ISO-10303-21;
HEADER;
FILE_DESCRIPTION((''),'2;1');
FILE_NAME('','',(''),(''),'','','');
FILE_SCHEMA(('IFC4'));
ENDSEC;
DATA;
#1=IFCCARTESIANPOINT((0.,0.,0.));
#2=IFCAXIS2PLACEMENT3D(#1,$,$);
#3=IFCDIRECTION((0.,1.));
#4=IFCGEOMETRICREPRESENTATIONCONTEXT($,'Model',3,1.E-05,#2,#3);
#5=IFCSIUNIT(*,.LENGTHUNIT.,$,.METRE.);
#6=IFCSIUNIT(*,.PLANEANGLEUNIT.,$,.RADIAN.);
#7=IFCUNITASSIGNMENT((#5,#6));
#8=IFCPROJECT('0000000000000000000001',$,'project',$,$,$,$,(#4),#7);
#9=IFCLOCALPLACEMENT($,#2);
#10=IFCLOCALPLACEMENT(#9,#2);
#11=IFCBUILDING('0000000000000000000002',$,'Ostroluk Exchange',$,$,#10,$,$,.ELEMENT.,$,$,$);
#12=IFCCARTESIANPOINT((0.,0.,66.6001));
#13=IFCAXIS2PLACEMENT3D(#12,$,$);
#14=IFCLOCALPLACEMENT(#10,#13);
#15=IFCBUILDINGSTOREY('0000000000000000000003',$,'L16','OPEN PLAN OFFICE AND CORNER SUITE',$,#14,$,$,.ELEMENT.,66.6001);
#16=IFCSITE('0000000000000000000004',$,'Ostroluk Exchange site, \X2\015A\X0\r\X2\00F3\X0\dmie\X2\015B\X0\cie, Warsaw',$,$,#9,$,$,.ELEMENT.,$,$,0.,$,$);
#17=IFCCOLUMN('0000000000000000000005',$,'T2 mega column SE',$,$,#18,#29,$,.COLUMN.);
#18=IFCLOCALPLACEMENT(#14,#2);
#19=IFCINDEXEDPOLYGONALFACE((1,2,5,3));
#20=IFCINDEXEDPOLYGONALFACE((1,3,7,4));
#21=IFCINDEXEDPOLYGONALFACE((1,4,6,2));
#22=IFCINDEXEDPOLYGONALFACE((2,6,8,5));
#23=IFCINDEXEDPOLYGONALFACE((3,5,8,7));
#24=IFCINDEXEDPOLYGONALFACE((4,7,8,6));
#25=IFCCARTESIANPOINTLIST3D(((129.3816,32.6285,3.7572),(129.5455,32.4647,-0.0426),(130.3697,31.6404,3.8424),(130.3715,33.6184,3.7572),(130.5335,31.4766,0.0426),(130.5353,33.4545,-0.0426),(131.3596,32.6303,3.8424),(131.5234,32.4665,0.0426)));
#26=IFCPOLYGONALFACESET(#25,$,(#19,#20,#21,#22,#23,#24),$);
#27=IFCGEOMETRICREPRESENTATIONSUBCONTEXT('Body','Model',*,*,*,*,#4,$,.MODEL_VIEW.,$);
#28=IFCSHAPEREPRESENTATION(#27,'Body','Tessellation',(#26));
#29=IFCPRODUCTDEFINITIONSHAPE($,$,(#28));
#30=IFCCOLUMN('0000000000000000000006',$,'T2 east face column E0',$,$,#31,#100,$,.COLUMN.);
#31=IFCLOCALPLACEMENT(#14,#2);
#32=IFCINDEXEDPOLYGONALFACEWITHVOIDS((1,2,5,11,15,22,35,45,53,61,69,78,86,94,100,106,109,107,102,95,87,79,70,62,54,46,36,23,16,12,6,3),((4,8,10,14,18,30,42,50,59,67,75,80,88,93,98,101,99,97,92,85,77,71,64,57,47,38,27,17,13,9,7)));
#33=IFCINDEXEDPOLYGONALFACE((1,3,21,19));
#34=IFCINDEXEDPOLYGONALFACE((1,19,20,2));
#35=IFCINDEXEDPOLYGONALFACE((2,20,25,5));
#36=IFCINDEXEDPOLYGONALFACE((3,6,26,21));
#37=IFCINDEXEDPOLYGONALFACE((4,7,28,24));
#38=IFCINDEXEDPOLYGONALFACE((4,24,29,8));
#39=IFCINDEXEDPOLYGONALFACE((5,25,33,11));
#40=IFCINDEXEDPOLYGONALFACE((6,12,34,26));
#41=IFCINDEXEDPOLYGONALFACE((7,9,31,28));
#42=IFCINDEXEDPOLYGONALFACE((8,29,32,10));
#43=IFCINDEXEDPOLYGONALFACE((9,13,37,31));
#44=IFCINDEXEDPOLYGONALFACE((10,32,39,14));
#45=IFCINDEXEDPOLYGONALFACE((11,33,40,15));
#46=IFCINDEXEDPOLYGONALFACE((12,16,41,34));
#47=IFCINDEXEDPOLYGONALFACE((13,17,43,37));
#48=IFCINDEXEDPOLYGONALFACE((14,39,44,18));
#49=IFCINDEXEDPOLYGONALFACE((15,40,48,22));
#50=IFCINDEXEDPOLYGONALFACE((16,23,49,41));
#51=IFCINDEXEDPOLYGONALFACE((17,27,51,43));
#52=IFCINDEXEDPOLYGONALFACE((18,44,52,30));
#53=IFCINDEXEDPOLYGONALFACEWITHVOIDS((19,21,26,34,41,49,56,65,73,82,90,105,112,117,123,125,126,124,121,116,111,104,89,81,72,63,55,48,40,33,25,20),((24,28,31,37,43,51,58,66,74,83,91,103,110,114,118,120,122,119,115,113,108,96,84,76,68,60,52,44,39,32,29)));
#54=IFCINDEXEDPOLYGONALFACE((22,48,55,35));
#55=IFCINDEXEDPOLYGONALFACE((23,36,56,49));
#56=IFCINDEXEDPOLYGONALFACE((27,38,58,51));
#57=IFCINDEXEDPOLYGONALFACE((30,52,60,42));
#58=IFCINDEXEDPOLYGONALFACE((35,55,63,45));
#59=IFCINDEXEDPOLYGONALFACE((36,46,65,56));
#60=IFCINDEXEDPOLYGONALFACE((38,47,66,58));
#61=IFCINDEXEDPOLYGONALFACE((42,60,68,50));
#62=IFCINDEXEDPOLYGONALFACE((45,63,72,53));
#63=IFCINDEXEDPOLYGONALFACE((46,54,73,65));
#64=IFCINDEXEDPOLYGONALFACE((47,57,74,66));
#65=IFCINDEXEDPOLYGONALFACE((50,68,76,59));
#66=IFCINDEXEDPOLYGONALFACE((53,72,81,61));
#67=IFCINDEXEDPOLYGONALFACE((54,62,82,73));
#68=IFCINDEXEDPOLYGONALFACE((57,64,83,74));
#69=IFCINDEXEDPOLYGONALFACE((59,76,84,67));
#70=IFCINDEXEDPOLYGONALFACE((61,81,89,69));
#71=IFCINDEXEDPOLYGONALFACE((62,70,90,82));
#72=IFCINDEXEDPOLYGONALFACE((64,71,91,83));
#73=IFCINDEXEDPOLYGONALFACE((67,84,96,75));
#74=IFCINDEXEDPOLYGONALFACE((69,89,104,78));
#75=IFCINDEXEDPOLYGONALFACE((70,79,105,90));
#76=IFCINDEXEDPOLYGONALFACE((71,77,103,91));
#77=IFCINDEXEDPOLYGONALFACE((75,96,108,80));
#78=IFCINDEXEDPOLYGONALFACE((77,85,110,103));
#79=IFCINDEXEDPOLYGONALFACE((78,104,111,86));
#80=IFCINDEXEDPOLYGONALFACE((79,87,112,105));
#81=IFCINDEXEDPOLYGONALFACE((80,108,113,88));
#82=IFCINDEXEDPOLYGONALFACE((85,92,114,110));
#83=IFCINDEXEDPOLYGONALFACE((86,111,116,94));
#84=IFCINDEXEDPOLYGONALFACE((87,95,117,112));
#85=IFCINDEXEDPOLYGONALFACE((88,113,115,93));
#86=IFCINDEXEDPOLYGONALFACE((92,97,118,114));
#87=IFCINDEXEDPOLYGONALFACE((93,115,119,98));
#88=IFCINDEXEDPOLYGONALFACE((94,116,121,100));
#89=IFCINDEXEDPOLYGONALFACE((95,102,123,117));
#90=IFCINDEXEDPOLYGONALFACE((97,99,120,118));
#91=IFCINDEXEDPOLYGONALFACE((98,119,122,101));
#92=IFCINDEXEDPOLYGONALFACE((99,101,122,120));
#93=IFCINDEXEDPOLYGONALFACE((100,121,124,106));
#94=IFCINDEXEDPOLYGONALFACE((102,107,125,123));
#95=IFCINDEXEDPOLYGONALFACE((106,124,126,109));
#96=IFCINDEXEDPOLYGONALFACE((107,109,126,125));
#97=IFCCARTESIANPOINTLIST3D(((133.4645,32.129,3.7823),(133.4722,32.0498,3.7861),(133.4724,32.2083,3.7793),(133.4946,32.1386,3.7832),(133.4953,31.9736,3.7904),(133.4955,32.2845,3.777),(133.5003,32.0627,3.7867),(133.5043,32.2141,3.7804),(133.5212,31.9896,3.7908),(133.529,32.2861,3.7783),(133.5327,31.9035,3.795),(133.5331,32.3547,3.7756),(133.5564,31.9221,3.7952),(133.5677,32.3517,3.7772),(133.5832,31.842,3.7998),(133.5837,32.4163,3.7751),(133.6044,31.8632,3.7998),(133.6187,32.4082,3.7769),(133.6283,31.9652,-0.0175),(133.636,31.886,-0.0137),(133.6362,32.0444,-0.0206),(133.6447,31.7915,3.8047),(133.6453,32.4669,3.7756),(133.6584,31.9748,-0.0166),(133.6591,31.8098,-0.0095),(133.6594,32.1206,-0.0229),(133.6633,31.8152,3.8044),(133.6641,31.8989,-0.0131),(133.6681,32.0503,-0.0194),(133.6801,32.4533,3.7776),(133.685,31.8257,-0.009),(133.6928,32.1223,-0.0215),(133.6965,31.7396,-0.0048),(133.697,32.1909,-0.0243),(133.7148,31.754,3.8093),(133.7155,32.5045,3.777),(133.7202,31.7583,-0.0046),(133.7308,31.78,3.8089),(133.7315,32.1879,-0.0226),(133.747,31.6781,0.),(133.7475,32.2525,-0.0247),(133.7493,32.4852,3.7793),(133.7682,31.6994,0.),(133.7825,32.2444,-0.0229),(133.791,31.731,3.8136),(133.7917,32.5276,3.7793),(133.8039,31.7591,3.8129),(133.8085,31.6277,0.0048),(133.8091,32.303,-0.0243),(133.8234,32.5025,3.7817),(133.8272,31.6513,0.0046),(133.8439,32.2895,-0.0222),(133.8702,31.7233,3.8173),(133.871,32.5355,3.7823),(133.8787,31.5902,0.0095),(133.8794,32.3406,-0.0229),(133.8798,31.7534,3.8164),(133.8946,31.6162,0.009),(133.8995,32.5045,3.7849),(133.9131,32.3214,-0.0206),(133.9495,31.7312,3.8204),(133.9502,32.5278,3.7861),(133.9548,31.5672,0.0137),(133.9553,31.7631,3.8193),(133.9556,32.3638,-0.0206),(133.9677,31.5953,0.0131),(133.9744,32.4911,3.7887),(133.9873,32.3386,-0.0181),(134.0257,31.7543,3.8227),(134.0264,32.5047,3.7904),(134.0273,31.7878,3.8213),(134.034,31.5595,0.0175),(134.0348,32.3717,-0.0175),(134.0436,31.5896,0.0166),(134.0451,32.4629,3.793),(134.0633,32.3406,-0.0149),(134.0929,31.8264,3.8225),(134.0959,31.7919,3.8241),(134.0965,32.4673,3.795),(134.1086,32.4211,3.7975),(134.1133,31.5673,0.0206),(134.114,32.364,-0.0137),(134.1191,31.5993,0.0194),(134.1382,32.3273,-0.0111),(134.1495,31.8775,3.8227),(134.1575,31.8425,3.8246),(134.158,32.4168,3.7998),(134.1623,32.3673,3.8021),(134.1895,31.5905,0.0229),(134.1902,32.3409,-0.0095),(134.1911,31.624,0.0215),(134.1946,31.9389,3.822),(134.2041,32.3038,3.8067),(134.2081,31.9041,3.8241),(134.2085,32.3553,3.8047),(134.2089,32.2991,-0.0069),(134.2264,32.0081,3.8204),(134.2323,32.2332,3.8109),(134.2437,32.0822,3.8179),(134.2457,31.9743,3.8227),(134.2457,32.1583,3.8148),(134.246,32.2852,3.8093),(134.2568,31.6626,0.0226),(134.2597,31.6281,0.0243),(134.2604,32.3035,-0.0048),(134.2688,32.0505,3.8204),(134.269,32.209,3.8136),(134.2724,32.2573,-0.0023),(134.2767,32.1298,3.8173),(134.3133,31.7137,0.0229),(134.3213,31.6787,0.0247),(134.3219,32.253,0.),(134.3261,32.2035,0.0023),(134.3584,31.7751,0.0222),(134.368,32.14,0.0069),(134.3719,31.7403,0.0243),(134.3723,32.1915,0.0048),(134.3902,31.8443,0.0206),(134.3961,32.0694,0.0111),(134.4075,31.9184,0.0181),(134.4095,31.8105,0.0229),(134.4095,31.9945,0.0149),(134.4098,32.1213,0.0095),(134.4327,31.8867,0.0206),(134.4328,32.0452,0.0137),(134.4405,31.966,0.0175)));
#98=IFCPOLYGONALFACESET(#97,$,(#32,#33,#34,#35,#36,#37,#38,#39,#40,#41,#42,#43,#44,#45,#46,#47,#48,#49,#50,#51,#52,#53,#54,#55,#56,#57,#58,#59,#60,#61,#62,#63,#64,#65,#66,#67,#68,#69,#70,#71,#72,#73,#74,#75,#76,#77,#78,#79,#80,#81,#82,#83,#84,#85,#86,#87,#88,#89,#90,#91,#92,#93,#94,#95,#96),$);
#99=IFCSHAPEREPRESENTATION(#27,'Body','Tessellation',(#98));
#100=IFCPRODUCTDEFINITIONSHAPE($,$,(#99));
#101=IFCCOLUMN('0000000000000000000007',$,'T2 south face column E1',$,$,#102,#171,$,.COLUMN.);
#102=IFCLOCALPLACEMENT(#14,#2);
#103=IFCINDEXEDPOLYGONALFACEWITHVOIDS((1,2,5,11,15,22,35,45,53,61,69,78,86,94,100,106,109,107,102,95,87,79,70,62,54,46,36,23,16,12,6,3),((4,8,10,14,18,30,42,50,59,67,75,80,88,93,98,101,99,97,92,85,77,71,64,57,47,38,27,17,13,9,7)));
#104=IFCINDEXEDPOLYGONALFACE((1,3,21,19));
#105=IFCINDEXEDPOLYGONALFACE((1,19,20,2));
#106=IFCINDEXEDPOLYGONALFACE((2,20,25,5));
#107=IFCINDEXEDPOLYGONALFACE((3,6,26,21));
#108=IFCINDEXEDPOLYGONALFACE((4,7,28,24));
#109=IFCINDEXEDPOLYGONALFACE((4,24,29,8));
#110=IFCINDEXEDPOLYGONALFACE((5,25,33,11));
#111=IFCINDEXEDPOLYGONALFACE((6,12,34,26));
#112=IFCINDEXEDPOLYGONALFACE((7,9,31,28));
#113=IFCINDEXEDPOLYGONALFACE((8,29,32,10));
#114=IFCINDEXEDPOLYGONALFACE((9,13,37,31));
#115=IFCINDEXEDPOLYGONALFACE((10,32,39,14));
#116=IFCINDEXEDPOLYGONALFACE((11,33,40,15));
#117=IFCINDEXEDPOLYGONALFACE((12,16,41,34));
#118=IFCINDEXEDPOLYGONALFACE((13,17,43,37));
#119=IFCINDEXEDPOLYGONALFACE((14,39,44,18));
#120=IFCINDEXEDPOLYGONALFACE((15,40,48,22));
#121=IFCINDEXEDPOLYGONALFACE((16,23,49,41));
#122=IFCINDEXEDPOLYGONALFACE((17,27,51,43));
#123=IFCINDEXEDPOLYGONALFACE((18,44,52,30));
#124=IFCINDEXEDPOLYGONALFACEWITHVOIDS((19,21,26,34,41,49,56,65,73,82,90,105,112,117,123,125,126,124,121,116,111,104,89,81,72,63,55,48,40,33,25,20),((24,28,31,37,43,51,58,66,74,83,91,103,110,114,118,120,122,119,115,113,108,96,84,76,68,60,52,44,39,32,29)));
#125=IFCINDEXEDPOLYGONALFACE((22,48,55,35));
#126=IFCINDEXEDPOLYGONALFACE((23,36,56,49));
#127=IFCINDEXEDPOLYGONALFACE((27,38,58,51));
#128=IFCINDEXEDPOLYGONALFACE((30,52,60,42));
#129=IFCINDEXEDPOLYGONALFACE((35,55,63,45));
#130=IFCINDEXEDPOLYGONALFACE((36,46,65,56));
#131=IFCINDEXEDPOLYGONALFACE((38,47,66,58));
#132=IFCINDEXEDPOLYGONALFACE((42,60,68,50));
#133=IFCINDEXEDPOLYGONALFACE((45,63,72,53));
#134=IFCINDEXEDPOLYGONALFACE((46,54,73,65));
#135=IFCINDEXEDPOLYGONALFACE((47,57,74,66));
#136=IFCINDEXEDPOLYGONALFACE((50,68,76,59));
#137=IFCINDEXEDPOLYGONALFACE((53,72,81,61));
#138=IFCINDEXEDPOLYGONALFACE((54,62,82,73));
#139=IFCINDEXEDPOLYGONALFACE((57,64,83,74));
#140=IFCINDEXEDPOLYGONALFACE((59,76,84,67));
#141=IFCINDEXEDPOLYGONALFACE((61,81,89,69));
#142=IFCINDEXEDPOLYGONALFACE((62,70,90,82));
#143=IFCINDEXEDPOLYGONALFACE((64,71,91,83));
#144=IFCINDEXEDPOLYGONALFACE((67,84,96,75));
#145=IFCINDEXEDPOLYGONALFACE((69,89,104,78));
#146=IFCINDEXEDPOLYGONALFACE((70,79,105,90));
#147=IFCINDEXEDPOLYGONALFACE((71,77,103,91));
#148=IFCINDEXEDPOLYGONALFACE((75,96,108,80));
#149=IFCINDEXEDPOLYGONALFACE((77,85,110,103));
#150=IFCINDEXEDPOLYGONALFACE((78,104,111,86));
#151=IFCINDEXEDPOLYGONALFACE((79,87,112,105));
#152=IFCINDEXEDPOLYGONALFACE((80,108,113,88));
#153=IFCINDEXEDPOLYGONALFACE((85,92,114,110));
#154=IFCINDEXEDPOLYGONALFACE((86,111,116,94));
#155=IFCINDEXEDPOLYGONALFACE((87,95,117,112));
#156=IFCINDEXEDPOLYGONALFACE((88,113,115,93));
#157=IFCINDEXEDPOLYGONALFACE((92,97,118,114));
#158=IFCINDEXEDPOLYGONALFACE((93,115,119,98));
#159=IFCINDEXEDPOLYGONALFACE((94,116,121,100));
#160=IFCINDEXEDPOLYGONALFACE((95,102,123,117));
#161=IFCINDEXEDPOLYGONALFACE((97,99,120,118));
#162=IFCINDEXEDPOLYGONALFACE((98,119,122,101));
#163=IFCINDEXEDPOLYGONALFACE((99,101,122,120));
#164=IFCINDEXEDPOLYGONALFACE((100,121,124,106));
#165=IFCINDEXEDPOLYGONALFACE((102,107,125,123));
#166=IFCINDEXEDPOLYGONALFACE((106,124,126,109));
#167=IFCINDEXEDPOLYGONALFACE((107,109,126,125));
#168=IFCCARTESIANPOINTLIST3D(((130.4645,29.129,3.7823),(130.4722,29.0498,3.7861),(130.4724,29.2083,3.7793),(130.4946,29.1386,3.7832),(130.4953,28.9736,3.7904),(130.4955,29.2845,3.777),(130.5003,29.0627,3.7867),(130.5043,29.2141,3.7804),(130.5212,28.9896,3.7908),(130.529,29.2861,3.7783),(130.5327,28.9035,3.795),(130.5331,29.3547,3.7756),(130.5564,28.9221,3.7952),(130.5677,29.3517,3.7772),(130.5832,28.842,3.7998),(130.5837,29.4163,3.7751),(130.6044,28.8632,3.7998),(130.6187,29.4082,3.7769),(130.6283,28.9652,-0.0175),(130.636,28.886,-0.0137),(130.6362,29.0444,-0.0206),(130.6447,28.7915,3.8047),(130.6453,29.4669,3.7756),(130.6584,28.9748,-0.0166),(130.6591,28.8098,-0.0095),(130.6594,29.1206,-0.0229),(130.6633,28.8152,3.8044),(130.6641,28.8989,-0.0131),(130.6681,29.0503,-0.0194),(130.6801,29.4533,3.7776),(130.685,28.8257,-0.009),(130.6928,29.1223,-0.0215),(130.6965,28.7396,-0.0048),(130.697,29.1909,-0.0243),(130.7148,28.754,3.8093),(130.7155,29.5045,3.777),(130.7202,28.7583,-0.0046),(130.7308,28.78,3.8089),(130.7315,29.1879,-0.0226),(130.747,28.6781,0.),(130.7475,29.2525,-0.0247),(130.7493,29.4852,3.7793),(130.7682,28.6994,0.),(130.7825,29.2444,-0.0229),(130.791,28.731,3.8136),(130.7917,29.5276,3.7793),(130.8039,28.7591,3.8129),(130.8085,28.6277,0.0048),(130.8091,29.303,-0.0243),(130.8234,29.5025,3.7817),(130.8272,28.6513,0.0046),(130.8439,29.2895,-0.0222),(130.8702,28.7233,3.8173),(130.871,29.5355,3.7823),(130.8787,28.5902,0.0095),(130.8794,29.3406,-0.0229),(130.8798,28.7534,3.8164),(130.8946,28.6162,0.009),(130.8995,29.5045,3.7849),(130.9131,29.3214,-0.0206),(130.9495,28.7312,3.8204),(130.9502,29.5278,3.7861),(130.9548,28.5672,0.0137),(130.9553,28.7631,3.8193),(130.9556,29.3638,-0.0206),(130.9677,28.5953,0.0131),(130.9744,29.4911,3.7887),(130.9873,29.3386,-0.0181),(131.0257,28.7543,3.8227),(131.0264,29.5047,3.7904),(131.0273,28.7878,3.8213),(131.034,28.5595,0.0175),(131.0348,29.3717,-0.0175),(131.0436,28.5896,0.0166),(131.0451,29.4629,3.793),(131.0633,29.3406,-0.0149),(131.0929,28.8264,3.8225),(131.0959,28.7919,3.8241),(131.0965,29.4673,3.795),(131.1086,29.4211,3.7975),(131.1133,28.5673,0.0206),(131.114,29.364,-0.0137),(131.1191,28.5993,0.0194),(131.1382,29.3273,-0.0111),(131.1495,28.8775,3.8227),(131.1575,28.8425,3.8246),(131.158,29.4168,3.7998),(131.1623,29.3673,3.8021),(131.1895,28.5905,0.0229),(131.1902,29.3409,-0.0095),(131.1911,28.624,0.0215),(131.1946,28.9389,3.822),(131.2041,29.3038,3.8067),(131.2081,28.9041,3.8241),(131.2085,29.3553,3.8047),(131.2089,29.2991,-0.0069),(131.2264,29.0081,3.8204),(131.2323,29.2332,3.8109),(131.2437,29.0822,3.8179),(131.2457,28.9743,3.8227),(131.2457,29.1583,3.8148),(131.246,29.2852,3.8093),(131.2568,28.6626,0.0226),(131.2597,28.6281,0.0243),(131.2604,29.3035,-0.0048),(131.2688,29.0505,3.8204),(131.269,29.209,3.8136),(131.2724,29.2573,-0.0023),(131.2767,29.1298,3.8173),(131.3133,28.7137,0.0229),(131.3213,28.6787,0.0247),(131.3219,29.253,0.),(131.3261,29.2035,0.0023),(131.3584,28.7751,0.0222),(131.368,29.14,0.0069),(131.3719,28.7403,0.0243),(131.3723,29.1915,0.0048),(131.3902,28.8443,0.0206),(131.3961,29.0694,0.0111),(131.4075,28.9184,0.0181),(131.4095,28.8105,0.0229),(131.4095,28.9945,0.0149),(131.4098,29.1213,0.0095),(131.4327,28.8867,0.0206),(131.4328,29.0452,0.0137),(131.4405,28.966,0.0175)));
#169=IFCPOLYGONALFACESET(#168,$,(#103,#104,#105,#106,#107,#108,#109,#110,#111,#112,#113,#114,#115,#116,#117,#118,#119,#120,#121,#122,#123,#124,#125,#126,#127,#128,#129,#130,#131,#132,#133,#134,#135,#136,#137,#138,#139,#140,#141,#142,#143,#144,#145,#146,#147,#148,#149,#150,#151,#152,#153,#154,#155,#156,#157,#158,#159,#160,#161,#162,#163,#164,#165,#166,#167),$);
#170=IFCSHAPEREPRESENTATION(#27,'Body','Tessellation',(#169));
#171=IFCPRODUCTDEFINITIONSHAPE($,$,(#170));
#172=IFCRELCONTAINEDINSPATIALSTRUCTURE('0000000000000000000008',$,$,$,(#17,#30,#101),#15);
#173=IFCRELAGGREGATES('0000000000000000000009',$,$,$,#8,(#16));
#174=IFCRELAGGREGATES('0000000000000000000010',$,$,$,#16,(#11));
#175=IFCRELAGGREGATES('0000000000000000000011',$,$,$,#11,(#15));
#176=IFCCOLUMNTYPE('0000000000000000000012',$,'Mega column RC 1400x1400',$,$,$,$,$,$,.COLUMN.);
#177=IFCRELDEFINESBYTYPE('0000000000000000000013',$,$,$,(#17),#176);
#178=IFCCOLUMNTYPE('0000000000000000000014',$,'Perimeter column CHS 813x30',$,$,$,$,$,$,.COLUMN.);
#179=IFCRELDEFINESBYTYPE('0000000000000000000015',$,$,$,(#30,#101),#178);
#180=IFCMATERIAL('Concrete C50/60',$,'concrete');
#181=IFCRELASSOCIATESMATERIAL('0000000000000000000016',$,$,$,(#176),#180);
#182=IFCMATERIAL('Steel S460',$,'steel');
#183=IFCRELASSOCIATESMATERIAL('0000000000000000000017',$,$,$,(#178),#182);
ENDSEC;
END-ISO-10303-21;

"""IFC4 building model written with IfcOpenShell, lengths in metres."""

from ifc_helpers import new_model, si_unit, direction, frame, origin, origin_2d, place, context, subcontext, project, spatial, rectangle, hollow_circle, extrude, material, material_profile, profile_set, type_object, element, save


model = new_model("IFC4")

# Units and contexts
model_context = context("Model", 3, precision=1e-05, world=origin(), true_north=direction((0.0, 1.0)))
body_context = subcontext(model_context, "Body", "Model", "MODEL_VIEW")
ifc_project = project(units=[si_unit("LENGTHUNIT", "METRE"), si_unit("PLANEANGLEUNIT", "RADIAN")], contexts=[model_context])

# Site, building, storey
site_placement = place(None, origin())
site = spatial("IfcSite", under=ifc_project, at=site_placement, Name="Ostroluk Exchange site, Śródmieście, Warsaw", CompositionType="ELEMENT", RefElevation=0.0)
building_placement = place(site_placement, origin())
building = spatial("IfcBuilding", under=site, at=building_placement, Name="Ostroluk Exchange", CompositionType="ELEMENT")
storey_placement = place(building_placement, frame((0.0, 0.0, 66.6001)))
storey = spatial("IfcBuildingStorey", under=building, at=storey_placement, Name="L16", Description="OPEN PLAN OFFICE AND CORNER SUITE", CompositionType="ELEMENT", Elevation=66.6001)

# Columns
ifc_material_1 = material(Name="Concrete C50/60", Category="concrete")
ifc_material_profile_1 = material_profile(ifc_material_1, rectangle(XDim=1.3999, YDim=1.3999, at=origin_2d()), Name="RC 1400x1400")
ifc_profile_set_1 = profile_set([ifc_material_profile_1], Name="Concrete C50/60")
column_type_1 = type_object("IfcColumnType", Name="Mega column RC 1400x1400", PredefinedType="COLUMN", material=ifc_profile_set_1)
column_placement = place(storey_placement, frame((130.5344, 32.4656, 0.0), z_axis=(-0.043032, 0.043032, 0.998146), x_axis=(-0.707107, -0.707107, 0.0)))
element("IfcColumn", 1, at=column_placement, inside=storey, type_object=column_type_1, Name="T2 mega column SE", PredefinedType="COLUMN", context=body_context, shape_type="SweptSolid", body=[
    extrude(rectangle(XDim=1.3999, YDim=1.3999, at=origin_2d()), origin(), (0.0, 0.0, 1.0), 3.8069),
])
ifc_material_2 = material(Name="Steel S460", Category="steel")
ifc_material_profile_2 = material_profile(ifc_material_2, hollow_circle(Radius=0.4065, WallThickness=0.03, at=origin_2d()), Name="CHS 813x30")
ifc_profile_set_2 = profile_set([ifc_material_profile_2], Name="Steel S460")
column_type_2 = type_object("IfcColumnType", Name="Perimeter column CHS 813x30", PredefinedType="COLUMN", material=ifc_profile_set_2)
for number, where, z_axis, x_axis, name in (
    (2, (134.0344, 31.9656, 0.0), (-0.043032, 0.043032, 0.998146), (-0.707107, -0.707107, 0.0), "T2 east face column E0"),
    (3, (131.0344, 28.9656, 0.0), (-0.043032, 0.043032, 0.998146), (-0.707107, -0.707107, 0.0), "T2 south face column E1"),
):
    element("IfcColumn", number, at=place(storey_placement, frame(where, z_axis=z_axis, x_axis=x_axis)), inside=storey, type_object=column_type_2, Name=name, PredefinedType="COLUMN", context=body_context, shape_type="SweptSolid", body=[
        extrude(hollow_circle(Radius=0.4065, WallThickness=0.03, at=origin_2d()), origin(), (0.0, 0.0, 1.0), 3.8069),
    ])

save(model, "model.ifc")
